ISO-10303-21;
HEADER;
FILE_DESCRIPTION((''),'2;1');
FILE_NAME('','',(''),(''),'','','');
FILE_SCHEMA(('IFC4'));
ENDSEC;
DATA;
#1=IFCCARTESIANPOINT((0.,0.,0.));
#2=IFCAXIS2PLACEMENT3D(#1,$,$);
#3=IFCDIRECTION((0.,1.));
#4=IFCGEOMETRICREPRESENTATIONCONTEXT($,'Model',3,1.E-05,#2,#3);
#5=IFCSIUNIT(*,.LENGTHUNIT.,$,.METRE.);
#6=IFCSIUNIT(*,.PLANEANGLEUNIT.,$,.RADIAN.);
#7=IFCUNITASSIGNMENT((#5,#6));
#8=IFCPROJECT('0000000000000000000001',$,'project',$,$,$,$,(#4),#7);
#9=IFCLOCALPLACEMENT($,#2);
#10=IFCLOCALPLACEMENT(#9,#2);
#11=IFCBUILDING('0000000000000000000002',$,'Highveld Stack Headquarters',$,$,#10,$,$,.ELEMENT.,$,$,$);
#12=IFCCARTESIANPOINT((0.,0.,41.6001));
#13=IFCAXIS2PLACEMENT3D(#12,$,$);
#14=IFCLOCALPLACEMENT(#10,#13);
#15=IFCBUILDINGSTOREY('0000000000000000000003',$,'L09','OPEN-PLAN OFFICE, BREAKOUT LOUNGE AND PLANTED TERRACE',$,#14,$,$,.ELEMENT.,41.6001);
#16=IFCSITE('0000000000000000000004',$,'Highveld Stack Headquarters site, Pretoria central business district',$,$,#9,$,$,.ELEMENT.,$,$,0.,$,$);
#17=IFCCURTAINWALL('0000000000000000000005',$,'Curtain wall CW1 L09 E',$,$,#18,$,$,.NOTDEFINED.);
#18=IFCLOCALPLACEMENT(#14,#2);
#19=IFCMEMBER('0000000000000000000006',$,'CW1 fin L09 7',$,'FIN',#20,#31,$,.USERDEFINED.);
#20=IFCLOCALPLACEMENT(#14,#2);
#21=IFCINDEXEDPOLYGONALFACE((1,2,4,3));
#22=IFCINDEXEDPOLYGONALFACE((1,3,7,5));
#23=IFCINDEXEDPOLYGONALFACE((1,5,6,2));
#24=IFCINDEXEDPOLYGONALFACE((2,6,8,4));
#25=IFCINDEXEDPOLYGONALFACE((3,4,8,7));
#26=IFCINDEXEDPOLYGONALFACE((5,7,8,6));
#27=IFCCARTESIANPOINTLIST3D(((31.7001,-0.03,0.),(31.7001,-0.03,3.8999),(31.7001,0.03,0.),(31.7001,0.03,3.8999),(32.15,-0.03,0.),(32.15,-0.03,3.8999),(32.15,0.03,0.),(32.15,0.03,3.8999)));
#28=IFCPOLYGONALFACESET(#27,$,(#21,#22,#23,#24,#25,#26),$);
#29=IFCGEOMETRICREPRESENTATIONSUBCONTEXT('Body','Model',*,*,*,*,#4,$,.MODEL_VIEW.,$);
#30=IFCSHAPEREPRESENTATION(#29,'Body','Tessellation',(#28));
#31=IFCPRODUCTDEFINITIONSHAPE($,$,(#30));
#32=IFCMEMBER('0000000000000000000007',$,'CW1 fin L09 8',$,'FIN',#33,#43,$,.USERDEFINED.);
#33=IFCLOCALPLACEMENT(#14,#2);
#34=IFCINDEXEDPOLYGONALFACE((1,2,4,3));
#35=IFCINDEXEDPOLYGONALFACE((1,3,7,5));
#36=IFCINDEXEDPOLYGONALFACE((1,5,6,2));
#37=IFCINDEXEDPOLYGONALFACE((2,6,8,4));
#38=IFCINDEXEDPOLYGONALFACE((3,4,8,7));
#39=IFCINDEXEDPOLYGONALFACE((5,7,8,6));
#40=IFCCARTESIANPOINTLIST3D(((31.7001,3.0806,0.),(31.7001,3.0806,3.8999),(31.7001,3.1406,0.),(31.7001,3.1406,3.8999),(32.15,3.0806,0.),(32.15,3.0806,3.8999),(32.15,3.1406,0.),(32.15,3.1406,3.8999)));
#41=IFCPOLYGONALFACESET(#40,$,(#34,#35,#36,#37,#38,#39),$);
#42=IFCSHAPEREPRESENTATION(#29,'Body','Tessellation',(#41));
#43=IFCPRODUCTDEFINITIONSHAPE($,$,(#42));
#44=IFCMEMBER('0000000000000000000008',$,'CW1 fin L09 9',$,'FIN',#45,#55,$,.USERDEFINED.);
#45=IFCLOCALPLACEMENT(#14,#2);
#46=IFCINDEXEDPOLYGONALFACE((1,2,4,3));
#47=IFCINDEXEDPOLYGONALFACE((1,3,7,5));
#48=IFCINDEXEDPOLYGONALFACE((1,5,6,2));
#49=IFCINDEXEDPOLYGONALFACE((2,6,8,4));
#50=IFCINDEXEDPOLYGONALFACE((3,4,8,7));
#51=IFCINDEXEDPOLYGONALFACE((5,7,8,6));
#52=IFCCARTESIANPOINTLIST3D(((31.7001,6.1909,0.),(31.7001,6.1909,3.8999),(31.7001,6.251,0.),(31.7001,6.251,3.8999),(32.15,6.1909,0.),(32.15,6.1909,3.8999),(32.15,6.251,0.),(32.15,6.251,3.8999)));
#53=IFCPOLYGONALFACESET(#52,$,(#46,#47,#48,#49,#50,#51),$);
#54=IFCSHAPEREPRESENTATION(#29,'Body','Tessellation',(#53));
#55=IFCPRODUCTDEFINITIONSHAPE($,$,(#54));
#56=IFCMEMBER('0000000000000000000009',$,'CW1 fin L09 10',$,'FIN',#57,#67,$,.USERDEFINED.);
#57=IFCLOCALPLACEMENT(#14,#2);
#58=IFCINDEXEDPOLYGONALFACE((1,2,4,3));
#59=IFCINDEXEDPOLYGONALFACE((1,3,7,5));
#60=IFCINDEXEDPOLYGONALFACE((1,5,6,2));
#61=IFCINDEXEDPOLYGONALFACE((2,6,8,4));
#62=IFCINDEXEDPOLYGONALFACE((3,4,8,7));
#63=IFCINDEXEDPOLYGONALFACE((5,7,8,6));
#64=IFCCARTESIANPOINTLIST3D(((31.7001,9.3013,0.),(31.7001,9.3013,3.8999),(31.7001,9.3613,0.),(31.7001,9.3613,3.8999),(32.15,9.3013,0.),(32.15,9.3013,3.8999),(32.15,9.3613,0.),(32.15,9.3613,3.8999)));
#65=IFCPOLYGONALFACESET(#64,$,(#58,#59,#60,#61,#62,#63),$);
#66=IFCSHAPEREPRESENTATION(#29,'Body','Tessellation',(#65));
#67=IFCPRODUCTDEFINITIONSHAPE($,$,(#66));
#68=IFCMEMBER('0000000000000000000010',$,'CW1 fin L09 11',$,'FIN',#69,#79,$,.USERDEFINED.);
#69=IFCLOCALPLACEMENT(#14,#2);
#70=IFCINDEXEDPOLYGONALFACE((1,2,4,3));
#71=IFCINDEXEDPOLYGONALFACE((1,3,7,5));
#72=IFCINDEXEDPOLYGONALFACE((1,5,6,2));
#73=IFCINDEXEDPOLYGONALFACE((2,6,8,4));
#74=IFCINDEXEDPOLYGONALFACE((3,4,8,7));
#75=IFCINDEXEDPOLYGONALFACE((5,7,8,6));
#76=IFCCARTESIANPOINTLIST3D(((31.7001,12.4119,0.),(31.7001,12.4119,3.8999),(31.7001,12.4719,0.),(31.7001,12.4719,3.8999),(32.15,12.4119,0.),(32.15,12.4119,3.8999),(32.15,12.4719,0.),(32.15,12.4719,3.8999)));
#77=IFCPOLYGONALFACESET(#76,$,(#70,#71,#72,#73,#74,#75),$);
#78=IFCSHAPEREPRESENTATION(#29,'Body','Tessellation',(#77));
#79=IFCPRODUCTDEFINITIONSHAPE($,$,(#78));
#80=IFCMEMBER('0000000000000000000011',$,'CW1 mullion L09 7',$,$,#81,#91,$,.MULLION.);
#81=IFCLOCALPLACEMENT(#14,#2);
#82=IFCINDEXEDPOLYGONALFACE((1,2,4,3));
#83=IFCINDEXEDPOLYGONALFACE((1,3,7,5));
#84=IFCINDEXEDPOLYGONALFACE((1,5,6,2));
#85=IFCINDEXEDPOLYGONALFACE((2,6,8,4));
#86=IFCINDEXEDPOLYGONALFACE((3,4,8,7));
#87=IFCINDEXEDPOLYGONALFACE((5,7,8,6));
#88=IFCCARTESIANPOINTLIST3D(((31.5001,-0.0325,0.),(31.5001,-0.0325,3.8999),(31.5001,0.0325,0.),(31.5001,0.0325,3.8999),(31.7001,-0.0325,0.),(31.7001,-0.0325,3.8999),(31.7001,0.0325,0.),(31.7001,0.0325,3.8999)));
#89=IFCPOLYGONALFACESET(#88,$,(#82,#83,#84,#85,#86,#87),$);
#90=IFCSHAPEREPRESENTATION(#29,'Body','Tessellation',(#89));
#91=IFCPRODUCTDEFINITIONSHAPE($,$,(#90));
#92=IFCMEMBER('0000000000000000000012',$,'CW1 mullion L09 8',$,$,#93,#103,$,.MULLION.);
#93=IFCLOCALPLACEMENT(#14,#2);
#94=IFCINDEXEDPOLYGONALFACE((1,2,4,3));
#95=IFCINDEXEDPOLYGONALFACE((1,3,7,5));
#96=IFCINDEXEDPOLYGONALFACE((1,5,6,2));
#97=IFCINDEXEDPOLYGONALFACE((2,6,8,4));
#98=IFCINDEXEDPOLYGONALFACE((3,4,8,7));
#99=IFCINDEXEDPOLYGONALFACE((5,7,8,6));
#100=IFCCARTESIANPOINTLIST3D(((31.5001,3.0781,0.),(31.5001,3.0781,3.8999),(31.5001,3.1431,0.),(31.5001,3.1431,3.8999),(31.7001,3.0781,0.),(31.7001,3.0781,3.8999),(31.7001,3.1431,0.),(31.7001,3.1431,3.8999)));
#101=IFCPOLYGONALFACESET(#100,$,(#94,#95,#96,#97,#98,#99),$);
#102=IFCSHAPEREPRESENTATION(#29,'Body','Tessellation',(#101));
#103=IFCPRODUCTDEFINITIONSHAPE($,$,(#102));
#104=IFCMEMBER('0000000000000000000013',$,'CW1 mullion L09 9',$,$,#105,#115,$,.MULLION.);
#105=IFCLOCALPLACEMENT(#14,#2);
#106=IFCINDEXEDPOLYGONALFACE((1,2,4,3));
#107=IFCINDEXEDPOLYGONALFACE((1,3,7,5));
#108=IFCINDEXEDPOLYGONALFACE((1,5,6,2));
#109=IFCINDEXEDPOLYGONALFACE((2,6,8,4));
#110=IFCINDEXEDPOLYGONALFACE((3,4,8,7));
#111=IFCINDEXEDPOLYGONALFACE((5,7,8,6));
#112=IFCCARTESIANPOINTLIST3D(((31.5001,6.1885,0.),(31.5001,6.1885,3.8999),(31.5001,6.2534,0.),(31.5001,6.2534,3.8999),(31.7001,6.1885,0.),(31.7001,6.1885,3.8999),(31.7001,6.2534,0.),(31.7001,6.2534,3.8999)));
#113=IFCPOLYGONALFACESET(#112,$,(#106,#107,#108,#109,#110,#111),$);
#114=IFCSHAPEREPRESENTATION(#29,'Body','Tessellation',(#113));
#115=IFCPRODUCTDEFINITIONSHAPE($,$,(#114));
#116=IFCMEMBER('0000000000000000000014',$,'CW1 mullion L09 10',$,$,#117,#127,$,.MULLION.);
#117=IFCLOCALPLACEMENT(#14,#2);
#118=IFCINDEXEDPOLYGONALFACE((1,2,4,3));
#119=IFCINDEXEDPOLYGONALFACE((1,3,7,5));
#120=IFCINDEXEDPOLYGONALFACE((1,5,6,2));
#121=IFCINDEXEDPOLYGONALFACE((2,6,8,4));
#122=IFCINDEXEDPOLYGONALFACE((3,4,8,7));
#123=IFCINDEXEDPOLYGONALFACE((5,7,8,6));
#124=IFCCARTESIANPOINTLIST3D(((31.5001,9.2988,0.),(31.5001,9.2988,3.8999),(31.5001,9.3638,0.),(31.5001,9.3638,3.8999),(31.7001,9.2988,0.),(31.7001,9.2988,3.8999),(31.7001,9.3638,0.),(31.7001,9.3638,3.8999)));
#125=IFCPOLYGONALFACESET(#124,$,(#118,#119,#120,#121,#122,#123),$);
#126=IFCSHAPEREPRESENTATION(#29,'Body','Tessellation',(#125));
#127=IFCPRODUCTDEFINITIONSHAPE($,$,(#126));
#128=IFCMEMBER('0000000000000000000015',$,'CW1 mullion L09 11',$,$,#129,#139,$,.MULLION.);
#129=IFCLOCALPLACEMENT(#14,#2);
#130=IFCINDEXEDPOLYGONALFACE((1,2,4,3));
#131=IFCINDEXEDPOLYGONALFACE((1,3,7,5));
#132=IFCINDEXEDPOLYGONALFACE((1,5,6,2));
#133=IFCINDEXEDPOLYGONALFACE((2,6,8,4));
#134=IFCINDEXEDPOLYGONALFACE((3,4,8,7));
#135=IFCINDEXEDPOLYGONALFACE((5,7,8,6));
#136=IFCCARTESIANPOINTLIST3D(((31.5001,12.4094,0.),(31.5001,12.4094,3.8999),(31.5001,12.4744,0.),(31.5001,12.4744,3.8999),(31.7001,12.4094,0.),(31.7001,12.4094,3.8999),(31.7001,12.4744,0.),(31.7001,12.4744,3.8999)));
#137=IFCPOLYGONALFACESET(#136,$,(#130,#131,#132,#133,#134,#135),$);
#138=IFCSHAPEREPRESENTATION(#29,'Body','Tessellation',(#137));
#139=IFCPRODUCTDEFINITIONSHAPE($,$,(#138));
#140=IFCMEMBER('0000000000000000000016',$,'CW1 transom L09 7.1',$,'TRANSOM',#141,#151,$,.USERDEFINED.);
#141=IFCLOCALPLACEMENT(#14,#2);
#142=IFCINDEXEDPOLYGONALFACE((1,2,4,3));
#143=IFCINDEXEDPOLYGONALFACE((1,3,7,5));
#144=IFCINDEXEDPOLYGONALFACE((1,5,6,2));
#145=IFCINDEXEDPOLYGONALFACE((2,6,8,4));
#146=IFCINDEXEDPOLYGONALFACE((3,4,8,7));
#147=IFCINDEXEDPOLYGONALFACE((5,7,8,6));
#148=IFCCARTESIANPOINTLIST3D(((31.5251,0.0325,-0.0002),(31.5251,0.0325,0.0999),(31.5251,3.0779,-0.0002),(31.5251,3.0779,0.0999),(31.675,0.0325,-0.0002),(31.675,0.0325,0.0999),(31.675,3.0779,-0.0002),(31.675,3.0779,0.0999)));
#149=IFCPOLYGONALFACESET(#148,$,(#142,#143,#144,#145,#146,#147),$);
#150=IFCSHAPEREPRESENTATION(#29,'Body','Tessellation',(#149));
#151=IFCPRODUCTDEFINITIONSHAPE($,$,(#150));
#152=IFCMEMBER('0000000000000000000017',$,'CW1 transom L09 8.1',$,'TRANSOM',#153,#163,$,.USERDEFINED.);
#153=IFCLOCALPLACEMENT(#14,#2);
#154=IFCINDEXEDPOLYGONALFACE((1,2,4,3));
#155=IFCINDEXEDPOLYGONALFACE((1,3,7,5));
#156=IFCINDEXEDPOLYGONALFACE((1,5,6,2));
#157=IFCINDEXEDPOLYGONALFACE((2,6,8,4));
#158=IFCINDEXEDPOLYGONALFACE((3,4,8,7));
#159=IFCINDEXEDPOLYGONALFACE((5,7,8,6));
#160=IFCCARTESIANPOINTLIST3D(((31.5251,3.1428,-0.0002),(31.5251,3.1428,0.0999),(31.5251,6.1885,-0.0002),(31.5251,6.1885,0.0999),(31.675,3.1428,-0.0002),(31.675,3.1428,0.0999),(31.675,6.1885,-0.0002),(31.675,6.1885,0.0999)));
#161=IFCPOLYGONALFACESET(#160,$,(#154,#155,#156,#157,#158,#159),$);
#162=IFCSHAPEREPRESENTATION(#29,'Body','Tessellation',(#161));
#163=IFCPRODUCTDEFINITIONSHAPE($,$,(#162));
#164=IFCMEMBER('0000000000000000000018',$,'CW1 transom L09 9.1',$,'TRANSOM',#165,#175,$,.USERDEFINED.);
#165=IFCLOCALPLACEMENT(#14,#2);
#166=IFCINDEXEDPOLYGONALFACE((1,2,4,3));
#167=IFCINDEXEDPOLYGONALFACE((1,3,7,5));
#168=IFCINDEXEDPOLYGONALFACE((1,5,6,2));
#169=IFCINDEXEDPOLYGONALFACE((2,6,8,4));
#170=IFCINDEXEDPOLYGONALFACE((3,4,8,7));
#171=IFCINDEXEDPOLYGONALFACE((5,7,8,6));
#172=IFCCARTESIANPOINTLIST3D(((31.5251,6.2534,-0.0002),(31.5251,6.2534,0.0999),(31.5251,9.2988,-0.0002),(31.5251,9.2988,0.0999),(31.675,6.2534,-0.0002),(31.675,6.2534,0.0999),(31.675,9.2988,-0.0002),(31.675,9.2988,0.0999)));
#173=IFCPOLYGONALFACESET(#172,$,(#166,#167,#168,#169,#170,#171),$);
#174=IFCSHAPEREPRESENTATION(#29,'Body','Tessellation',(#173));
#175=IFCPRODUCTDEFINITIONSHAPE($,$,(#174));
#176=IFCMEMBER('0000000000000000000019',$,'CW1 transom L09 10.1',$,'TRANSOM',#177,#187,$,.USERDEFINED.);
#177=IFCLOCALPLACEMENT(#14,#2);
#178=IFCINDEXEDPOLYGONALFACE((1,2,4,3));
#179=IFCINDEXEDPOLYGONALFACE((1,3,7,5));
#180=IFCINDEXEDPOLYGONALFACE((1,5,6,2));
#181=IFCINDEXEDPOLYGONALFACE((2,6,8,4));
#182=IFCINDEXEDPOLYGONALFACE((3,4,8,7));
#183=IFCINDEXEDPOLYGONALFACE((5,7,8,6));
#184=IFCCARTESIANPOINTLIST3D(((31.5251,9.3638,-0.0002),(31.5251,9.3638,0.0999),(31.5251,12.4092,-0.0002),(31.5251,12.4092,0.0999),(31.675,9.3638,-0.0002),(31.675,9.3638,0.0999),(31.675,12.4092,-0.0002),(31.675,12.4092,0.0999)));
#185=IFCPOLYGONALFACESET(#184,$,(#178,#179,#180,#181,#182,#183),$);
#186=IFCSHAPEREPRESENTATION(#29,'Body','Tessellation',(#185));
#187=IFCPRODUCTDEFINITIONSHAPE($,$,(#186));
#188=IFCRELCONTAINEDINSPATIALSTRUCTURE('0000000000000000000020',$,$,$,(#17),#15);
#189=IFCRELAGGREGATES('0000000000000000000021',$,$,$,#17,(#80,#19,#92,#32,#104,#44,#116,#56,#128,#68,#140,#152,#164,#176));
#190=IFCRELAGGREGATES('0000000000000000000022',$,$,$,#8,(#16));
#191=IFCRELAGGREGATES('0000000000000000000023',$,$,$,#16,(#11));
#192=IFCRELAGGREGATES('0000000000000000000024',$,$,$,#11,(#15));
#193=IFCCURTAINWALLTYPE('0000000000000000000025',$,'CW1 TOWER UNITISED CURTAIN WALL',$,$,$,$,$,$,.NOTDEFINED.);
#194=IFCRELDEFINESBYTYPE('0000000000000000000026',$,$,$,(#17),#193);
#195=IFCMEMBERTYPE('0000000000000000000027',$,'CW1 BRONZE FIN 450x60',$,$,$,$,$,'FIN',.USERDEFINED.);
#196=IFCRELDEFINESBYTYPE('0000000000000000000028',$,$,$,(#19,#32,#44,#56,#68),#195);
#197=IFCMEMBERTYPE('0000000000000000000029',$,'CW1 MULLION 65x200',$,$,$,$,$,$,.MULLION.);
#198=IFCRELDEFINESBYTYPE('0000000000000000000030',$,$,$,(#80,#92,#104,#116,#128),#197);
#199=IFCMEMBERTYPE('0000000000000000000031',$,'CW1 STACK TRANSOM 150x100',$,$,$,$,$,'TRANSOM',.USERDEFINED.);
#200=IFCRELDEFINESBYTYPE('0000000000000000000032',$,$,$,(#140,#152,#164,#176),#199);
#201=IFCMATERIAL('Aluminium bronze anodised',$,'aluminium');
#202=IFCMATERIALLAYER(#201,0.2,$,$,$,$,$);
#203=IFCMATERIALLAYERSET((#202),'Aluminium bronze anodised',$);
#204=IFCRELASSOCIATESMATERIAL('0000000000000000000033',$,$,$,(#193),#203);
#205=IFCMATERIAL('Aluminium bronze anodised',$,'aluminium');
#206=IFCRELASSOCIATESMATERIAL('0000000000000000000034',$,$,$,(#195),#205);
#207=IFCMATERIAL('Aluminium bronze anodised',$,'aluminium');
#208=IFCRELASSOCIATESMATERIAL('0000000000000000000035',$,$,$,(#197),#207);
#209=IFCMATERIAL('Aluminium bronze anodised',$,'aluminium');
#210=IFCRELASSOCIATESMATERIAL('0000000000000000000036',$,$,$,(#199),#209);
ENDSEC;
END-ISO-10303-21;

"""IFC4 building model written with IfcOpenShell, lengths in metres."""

from ifc_helpers import new_model, si_unit, direction, frame, origin, origin_2d, place, context, subcontext, project, spatial, rectangle, extrude, material, layer, layer_set, material_profile, profile_set, type_object, element, aggregate, save


model = new_model("IFC4")

# Units and contexts
model_context = context("Model", 3, precision=1e-05, world=origin(), true_north=direction((0.0, 1.0)))
body_context = subcontext(model_context, "Body", "Model", "MODEL_VIEW")
ifc_project = project(units=[si_unit("LENGTHUNIT", "METRE"), si_unit("PLANEANGLEUNIT", "RADIAN")], contexts=[model_context])

# Site, building, storey
site_placement = place(None, origin())
site = spatial("IfcSite", under=ifc_project, at=site_placement, Name="Highveld Stack Headquarters site, Pretoria central business district", CompositionType="ELEMENT", RefElevation=0.0)
building_placement = place(site_placement, origin())
building = spatial("IfcBuilding", under=site, at=building_placement, Name="Highveld Stack Headquarters", CompositionType="ELEMENT")
storey_placement = place(building_placement, frame((0.0, 0.0, 41.6001)))
storey = spatial("IfcBuildingStorey", under=building, at=storey_placement, Name="L09", Description="OPEN-PLAN OFFICE, BREAKOUT LOUNGE AND PLANTED TERRACE", CompositionType="ELEMENT", Elevation=41.6001)

# Curtain wall, members
ifc_material_1 = material(Name="Aluminium bronze anodised", Category="aluminium")
ifc_layer_1 = layer(ifc_material_1, 0.2)
ifc_layer_set_1 = layer_set([ifc_layer_1], Name="Aluminium bronze anodised")
curtain_wall_type = type_object("IfcCurtainWallType", Name="CW1 TOWER UNITISED CURTAIN WALL", PredefinedType="NOTDEFINED", material=ifc_layer_set_1)
curtain_wall_placement = place(storey_placement, origin())
curtain_wall = element("IfcCurtainWall", 1, at=curtain_wall_placement, inside=storey, type_object=curtain_wall_type, Name="Curtain wall CW1 L09 E", PredefinedType="NOTDEFINED")
ifc_material_2 = material(Name="Aluminium bronze anodised", Category="aluminium")
ifc_material_profile_1 = material_profile(ifc_material_2, rectangle(XDim=0.45, YDim=0.0601, at=origin_2d()), Name="FIN 450x60")
ifc_profile_set_1 = profile_set([ifc_material_profile_1], Name="Aluminium bronze anodised")
member_type_1 = type_object("IfcMemberType", Name="CW1 BRONZE FIN 450x60", ElementType="FIN", PredefinedType="USERDEFINED", material=ifc_profile_set_1)
member_1_placement = place(storey_placement, frame((31.925, 0.0, 0.0), z_axis=(0.0, 0.0, 1.0), x_axis=(-1.0, 0.0, 0.0)))
member_1 = element("IfcMember", 2, at=member_1_placement, type_object=member_type_1, Name="CW1 fin L09 7", ObjectType="FIN", PredefinedType="USERDEFINED", context=body_context, shape_type="SweptSolid", body=[
    extrude(rectangle(XDim=0.45, YDim=0.0601, at=origin_2d()), origin(), (0.0, 0.0, 1.0), 3.8999),
])
member_2_placement = place(storey_placement, frame((31.925, 3.1106, 0.0), z_axis=(0.0, 0.0, 1.0), x_axis=(-1.0, 0.0, 0.0)))
member_2 = element("IfcMember", 3, at=member_2_placement, type_object=member_type_1, Name="CW1 fin L09 8", ObjectType="FIN", PredefinedType="USERDEFINED", context=body_context, shape_type="SweptSolid", body=[
    extrude(rectangle(XDim=0.45, YDim=0.0601, at=origin_2d()), origin(), (0.0, 0.0, 1.0), 3.8999),
])
member_3_placement = place(storey_placement, frame((31.925, 6.2209, 0.0), z_axis=(0.0, 0.0, 1.0), x_axis=(-1.0, 0.0, 0.0)))
member_3 = element("IfcMember", 4, at=member_3_placement, type_object=member_type_1, Name="CW1 fin L09 9", ObjectType="FIN", PredefinedType="USERDEFINED", context=body_context, shape_type="SweptSolid", body=[
    extrude(rectangle(XDim=0.45, YDim=0.0601, at=origin_2d()), origin(), (0.0, 0.0, 1.0), 3.8999),
])
member_4_placement = place(storey_placement, frame((31.925, 9.3313, 0.0), z_axis=(0.0, 0.0, 1.0), x_axis=(-1.0, 0.0, 0.0)))
member_4 = element("IfcMember", 5, at=member_4_placement, type_object=member_type_1, Name="CW1 fin L09 10", ObjectType="FIN", PredefinedType="USERDEFINED", context=body_context, shape_type="SweptSolid", body=[
    extrude(rectangle(XDim=0.45, YDim=0.0601, at=origin_2d()), origin(), (0.0, 0.0, 1.0), 3.8999),
])
member_5_placement = place(storey_placement, frame((31.925, 12.4419, 0.0), z_axis=(0.0, 0.0, 1.0), x_axis=(-1.0, 0.0, 0.0)))
member_5 = element("IfcMember", 6, at=member_5_placement, type_object=member_type_1, Name="CW1 fin L09 11", ObjectType="FIN", PredefinedType="USERDEFINED", context=body_context, shape_type="SweptSolid", body=[
    extrude(rectangle(XDim=0.45, YDim=0.0601, at=origin_2d()), origin(), (0.0, 0.0, 1.0), 3.8999),
])
ifc_material_3 = material(Name="Aluminium bronze anodised", Category="aluminium")
ifc_material_profile_2 = material_profile(ifc_material_3, rectangle(XDim=0.2, YDim=0.0649, at=origin_2d()), Name="CW1 MULLION 65x200")
ifc_profile_set_2 = profile_set([ifc_material_profile_2], Name="Aluminium bronze anodised")
member_type_2 = type_object("IfcMemberType", Name="CW1 MULLION 65x200", PredefinedType="MULLION", material=ifc_profile_set_2)
member_6_placement = place(storey_placement, frame((31.6001, 0.0, 0.0), z_axis=(0.0, 0.0, 1.0), x_axis=(-1.0, 0.0, 0.0)))
member_6 = element("IfcMember", 7, at=member_6_placement, type_object=member_type_2, Name="CW1 mullion L09 7", PredefinedType="MULLION", context=body_context, shape_type="SweptSolid", body=[
    extrude(rectangle(XDim=0.2, YDim=0.0649, at=origin_2d()), origin(), (0.0, 0.0, 1.0), 3.8999),
])
member_7_placement = place(storey_placement, frame((31.6001, 3.1106, 0.0), z_axis=(0.0, 0.0, 1.0), x_axis=(-1.0, 0.0, 0.0)))
member_7 = element("IfcMember", 8, at=member_7_placement, type_object=member_type_2, Name="CW1 mullion L09 8", PredefinedType="MULLION", context=body_context, shape_type="SweptSolid", body=[
    extrude(rectangle(XDim=0.2, YDim=0.0649, at=origin_2d()), origin(), (0.0, 0.0, 1.0), 3.8999),
])
member_8_placement = place(storey_placement, frame((31.6001, 6.2209, 0.0), z_axis=(0.0, 0.0, 1.0), x_axis=(-1.0, 0.0, 0.0)))
member_8 = element("IfcMember", 9, at=member_8_placement, type_object=member_type_2, Name="CW1 mullion L09 9", PredefinedType="MULLION", context=body_context, shape_type="SweptSolid", body=[
    extrude(rectangle(XDim=0.2, YDim=0.0649, at=origin_2d()), origin(), (0.0, 0.0, 1.0), 3.8999),
])
member_9_placement = place(storey_placement, frame((31.6001, 9.3313, 0.0), z_axis=(0.0, 0.0, 1.0), x_axis=(-1.0, 0.0, 0.0)))
member_9 = element("IfcMember", 10, at=member_9_placement, type_object=member_type_2, Name="CW1 mullion L09 10", PredefinedType="MULLION", context=body_context, shape_type="SweptSolid", body=[
    extrude(rectangle(XDim=0.2, YDim=0.0649, at=origin_2d()), origin(), (0.0, 0.0, 1.0), 3.8999),
])
member_10_placement = place(storey_placement, frame((31.6001, 12.4419, 0.0), z_axis=(0.0, 0.0, 1.0), x_axis=(-1.0, 0.0, 0.0)))
member_10 = element("IfcMember", 11, at=member_10_placement, type_object=member_type_2, Name="CW1 mullion L09 11", PredefinedType="MULLION", context=body_context, shape_type="SweptSolid", body=[
    extrude(rectangle(XDim=0.2, YDim=0.0649, at=origin_2d()), origin(), (0.0, 0.0, 1.0), 3.8999),
])
ifc_material_4 = material(Name="Aluminium bronze anodised", Category="aluminium")
ifc_material_profile_3 = material_profile(ifc_material_4, rectangle(XDim=0.1499, YDim=0.1001, at=origin_2d()), Name="CW1 TRANSOM 150x100")
ifc_profile_set_3 = profile_set([ifc_material_profile_3], Name="Aluminium bronze anodised")
member_type_3 = type_object("IfcMemberType", Name="CW1 STACK TRANSOM 150x100", ElementType="TRANSOM", PredefinedType="USERDEFINED", material=ifc_profile_set_3)
member_11_placement = place(storey_placement, frame((31.6001, 0.0325, 0.0498), z_axis=(0.0, 1.0, 0.0), x_axis=(-1.0, 0.0, 0.0)))
member_11 = element("IfcMember", 12, at=member_11_placement, type_object=member_type_3, Name="CW1 transom L09 7.1", ObjectType="TRANSOM", PredefinedType="USERDEFINED", context=body_context, shape_type="SweptSolid", body=[
    extrude(rectangle(XDim=0.1499, YDim=0.1001, at=origin_2d()), origin(), (0.0, 0.0, 1.0), 3.0454),
])
member_12_placement = place(storey_placement, frame((31.6001, 3.1428, 0.0498), z_axis=(0.0, 1.0, 0.0), x_axis=(-1.0, 0.0, 0.0)))
member_12 = element("IfcMember", 13, at=member_12_placement, type_object=member_type_3, Name="CW1 transom L09 8.1", ObjectType="TRANSOM", PredefinedType="USERDEFINED", context=body_context, shape_type="SweptSolid", body=[
    extrude(rectangle(XDim=0.1499, YDim=0.1001, at=origin_2d()), origin(), (0.0, 0.0, 1.0), 3.0457),
])
member_13_placement = place(storey_placement, frame((31.6001, 6.2534, 0.0498), z_axis=(0.0, 1.0, 0.0), x_axis=(-1.0, 0.0, 0.0)))
member_13 = element("IfcMember", 14, at=member_13_placement, type_object=member_type_3, Name="CW1 transom L09 9.1", ObjectType="TRANSOM", PredefinedType="USERDEFINED", context=body_context, shape_type="SweptSolid", body=[
    extrude(rectangle(XDim=0.1499, YDim=0.1001, at=origin_2d()), origin(), (0.0, 0.0, 1.0), 3.0454),
])
member_14_placement = place(storey_placement, frame((31.6001, 9.3638, 0.0498), z_axis=(0.0, 1.0, 0.0), x_axis=(-1.0, 0.0, 0.0)))
member_14 = element("IfcMember", 15, at=member_14_placement, type_object=member_type_3, Name="CW1 transom L09 10.1", ObjectType="TRANSOM", PredefinedType="USERDEFINED", context=body_context, shape_type="SweptSolid", body=[
    extrude(rectangle(XDim=0.1499, YDim=0.1001, at=origin_2d()), origin(), (0.0, 0.0, 1.0), 3.0454),
])

aggregate(curtain_wall, [member_6, member_1, member_7, member_2, member_8, member_3, member_9, member_4, member_10, member_5, member_11, member_12, member_13, member_14])

save(model, "model.ifc")
